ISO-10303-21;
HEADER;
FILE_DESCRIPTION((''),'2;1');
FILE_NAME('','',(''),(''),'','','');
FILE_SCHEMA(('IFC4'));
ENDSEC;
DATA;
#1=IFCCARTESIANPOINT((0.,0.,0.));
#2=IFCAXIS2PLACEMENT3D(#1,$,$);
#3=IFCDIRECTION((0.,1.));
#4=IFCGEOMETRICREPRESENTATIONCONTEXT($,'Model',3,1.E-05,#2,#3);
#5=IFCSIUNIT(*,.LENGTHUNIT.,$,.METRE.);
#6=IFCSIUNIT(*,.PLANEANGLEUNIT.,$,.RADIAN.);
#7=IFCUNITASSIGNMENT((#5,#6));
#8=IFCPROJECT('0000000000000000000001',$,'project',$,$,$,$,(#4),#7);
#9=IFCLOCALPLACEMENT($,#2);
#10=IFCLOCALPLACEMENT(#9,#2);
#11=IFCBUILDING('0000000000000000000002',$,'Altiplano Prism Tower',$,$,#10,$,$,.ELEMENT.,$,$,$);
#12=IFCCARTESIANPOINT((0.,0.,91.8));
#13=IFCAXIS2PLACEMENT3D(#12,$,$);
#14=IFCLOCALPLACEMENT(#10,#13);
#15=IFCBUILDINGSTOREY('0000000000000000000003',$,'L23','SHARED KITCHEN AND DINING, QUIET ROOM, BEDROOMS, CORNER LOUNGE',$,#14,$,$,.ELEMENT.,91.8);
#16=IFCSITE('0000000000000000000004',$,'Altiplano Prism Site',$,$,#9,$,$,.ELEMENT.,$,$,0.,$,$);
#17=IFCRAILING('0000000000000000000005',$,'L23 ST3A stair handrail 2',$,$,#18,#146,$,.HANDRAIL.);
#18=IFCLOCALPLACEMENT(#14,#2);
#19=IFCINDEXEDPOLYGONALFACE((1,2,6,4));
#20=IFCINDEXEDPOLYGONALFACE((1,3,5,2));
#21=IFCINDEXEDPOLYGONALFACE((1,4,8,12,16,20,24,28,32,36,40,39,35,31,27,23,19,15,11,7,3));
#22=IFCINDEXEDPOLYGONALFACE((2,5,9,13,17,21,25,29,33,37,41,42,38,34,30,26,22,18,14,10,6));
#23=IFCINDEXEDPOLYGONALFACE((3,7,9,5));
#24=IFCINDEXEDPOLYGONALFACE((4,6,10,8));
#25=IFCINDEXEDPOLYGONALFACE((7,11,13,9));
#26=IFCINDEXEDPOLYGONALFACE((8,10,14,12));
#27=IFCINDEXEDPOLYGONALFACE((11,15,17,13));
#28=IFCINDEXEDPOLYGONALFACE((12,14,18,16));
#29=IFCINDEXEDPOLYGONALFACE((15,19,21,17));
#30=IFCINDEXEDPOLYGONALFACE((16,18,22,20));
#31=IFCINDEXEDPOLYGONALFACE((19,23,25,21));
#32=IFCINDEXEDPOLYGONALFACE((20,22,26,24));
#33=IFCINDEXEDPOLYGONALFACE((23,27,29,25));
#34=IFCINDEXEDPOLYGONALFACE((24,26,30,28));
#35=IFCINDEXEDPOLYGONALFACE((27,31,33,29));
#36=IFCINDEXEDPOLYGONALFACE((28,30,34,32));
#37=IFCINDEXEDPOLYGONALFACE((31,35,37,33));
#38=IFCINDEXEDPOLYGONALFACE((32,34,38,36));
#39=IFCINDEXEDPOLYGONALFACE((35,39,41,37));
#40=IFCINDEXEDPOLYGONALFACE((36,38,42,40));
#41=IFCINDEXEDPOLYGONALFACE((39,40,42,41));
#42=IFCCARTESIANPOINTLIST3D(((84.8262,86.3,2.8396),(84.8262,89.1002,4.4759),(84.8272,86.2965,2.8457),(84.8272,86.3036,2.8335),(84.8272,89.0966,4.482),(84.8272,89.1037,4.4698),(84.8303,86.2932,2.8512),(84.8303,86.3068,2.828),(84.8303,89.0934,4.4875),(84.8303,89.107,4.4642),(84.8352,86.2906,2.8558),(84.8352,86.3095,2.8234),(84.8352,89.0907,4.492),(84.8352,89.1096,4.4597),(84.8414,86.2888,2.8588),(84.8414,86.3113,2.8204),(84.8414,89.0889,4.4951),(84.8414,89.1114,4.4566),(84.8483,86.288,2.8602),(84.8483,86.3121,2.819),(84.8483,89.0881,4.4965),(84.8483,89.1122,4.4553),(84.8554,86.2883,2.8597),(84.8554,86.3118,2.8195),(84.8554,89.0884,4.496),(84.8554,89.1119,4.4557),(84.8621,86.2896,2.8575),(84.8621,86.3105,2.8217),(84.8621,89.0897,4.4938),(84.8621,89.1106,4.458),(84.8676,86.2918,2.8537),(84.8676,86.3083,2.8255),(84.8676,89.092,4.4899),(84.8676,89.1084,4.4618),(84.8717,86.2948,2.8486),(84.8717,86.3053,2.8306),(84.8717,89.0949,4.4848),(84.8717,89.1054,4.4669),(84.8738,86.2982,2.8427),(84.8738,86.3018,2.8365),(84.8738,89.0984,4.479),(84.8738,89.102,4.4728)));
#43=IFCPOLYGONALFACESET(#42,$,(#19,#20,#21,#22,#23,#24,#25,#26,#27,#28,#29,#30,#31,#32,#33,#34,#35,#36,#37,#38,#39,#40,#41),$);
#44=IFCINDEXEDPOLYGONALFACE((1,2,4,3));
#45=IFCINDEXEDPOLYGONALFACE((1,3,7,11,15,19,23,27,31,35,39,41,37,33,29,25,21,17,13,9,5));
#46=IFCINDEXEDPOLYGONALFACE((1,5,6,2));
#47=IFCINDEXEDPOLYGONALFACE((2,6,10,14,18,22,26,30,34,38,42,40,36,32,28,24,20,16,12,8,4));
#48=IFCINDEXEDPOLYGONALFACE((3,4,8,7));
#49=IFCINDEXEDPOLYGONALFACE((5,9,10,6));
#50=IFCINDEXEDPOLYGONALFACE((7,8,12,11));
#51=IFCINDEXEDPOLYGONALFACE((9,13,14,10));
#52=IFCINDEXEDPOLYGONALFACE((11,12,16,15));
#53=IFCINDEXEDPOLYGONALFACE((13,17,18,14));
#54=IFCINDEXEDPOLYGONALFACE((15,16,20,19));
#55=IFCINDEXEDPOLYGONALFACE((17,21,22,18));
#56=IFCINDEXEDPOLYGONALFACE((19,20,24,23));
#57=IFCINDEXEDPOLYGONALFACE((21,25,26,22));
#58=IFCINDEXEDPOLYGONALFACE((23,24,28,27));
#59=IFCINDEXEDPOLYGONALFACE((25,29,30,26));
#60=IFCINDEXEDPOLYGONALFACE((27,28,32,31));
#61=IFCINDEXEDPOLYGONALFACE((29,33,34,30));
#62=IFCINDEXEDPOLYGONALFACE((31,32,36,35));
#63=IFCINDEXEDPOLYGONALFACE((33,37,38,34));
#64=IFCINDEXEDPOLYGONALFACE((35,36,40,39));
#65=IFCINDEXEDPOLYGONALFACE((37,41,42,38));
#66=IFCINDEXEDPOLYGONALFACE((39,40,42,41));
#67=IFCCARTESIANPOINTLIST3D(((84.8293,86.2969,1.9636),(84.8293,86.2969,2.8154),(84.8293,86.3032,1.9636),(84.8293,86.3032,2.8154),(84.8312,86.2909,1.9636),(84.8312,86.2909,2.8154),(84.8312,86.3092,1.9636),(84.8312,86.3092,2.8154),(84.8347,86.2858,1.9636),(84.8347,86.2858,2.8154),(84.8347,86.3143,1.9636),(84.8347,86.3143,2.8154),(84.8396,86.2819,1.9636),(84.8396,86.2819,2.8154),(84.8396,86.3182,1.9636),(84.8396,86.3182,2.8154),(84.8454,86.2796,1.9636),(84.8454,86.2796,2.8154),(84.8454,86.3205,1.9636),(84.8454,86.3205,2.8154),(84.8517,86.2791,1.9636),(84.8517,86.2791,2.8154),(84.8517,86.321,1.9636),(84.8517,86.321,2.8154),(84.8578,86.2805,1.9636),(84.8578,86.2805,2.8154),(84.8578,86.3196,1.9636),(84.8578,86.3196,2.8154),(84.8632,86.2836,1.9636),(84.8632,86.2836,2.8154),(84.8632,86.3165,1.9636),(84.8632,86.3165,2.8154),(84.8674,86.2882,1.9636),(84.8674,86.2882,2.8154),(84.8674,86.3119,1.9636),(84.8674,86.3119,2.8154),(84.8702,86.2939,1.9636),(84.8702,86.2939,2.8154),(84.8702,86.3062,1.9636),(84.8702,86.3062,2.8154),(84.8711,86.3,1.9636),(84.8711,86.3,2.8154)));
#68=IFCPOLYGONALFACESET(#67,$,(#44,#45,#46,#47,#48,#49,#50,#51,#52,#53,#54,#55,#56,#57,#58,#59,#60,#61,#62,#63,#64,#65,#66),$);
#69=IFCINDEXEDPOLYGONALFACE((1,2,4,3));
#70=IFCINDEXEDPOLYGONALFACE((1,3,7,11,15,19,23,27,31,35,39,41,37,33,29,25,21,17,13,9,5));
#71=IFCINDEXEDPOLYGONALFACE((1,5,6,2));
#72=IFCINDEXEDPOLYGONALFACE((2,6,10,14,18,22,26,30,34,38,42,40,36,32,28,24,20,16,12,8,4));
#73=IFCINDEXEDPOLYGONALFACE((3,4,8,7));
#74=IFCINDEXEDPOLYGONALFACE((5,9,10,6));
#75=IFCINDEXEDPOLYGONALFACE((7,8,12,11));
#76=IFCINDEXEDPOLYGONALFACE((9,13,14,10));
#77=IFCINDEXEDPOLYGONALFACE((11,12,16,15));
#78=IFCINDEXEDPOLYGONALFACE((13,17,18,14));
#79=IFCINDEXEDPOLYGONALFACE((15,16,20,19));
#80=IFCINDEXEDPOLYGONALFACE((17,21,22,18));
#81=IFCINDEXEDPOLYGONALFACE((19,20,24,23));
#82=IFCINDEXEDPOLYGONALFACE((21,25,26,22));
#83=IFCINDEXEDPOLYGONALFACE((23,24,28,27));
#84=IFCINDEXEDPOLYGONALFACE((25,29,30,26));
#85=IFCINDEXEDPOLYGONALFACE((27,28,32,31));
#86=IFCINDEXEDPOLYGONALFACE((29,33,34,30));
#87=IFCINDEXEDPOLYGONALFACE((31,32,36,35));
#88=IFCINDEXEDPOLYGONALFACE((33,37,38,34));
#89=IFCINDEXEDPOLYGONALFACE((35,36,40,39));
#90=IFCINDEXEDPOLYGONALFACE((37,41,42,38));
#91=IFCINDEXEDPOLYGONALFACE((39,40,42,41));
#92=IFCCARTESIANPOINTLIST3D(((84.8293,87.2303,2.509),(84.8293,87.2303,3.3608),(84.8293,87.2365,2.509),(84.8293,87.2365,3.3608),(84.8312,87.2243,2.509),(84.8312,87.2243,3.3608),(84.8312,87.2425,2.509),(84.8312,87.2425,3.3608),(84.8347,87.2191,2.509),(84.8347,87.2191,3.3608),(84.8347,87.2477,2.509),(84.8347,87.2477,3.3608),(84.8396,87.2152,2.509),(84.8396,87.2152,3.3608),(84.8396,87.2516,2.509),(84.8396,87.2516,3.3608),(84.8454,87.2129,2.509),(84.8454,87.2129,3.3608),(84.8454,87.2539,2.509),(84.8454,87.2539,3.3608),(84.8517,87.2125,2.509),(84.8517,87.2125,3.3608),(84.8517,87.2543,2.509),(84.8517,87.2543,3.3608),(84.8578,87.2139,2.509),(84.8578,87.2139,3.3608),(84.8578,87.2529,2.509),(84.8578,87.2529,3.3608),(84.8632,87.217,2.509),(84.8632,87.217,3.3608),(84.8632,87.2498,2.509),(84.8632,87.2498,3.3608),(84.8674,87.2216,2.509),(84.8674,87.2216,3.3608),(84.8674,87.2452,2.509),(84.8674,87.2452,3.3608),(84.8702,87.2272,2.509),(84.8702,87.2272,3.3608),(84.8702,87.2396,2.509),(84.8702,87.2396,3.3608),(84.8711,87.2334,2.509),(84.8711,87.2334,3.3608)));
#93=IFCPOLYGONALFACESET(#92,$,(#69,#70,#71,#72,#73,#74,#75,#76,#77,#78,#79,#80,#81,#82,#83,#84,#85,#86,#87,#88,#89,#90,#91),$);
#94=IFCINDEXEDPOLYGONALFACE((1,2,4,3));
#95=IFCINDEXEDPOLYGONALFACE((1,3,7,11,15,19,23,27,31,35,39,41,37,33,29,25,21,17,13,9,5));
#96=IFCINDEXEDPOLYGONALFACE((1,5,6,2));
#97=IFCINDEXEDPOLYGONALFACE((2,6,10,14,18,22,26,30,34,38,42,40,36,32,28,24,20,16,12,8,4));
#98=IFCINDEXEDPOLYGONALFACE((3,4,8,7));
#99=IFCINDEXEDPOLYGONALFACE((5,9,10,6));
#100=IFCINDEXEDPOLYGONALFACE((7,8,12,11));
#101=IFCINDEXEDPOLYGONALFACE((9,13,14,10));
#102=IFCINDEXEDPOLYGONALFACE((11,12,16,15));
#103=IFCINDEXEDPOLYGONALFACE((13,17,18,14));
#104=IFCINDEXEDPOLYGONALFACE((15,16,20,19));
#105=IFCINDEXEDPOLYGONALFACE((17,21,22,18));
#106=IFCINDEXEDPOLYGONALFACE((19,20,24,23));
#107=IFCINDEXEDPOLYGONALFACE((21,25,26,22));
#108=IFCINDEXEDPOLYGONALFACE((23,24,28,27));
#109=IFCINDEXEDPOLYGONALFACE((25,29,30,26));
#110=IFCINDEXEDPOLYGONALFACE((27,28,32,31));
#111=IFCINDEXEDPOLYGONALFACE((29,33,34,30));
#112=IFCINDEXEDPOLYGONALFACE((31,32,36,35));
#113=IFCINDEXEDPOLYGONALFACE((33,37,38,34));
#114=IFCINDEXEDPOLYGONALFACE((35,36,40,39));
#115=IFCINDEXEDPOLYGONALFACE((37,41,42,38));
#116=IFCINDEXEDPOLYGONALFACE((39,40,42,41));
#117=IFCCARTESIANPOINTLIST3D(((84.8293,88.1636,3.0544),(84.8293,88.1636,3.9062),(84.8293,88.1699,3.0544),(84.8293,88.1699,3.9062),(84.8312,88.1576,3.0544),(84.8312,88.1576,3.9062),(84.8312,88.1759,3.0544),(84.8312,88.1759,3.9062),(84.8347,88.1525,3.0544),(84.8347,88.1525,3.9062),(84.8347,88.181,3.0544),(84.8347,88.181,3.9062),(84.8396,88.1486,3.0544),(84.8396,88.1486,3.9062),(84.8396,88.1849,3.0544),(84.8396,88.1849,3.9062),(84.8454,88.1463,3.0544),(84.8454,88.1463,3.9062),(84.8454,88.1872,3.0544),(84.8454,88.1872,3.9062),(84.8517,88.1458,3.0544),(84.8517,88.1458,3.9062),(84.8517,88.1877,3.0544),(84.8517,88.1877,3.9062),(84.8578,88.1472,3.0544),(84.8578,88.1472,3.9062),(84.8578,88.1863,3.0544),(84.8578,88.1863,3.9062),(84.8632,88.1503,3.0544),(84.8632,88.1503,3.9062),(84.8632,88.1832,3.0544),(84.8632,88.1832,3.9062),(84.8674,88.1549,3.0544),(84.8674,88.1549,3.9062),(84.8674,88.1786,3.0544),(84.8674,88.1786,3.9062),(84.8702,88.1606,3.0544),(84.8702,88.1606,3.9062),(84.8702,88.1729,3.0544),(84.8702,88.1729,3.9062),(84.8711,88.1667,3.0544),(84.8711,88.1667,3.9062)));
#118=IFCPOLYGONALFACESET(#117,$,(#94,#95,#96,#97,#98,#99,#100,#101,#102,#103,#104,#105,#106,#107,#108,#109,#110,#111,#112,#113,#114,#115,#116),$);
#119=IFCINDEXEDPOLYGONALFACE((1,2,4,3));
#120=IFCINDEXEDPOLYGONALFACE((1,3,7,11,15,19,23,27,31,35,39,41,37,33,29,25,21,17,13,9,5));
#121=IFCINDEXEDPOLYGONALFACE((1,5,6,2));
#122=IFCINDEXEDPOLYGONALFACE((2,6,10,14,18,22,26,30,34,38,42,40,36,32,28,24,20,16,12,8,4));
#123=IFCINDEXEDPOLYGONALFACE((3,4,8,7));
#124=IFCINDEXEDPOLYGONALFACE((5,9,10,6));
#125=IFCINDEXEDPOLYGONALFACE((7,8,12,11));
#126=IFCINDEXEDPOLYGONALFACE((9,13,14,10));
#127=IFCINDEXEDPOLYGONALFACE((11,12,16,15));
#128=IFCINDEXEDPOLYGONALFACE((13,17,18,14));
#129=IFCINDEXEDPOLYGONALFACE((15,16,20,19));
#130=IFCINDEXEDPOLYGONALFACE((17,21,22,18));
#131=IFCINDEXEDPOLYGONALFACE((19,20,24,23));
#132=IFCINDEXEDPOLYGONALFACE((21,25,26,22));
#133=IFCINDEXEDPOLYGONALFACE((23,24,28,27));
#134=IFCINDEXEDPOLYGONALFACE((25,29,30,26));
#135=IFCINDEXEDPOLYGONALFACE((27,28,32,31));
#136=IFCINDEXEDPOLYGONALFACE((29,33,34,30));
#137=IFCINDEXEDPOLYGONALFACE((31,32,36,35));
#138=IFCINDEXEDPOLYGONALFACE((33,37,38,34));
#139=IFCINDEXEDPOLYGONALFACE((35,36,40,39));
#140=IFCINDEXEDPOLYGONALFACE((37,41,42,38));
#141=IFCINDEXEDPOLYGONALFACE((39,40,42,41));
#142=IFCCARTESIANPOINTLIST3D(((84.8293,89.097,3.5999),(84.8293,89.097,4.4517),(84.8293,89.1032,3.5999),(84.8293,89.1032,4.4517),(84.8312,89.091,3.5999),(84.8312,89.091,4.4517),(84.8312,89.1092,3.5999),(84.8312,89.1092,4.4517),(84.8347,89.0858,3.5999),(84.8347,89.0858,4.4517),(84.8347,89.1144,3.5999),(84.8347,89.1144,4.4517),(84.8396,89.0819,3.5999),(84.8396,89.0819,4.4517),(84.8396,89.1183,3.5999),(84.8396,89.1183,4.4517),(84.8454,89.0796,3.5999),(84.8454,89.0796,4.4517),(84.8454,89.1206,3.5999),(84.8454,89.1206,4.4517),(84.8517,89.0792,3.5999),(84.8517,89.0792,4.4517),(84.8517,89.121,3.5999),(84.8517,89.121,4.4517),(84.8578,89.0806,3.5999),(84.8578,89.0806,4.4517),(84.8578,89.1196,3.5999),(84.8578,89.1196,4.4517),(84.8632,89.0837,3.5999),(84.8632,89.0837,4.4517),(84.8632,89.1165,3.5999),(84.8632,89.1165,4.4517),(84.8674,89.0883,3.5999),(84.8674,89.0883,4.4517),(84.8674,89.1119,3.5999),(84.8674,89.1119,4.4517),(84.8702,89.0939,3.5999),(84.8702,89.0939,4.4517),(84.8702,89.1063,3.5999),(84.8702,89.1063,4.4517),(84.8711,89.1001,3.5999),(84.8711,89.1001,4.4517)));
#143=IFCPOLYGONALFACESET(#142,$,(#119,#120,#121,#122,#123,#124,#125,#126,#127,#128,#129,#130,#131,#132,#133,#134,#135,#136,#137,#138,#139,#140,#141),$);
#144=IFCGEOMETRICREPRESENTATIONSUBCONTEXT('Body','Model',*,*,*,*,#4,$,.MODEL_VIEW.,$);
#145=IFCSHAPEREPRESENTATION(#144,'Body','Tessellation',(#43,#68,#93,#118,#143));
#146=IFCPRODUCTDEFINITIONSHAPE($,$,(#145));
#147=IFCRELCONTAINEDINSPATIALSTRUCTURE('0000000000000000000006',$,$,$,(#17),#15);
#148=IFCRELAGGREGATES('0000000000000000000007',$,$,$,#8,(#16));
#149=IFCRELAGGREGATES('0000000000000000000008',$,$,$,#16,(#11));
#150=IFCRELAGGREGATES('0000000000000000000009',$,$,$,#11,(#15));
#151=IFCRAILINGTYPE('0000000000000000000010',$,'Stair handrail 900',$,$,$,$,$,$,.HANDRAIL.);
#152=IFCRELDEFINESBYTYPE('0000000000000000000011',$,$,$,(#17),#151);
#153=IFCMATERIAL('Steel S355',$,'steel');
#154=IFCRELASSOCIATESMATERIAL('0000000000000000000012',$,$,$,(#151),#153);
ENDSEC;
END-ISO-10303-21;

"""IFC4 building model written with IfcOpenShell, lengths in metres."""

from ifc_helpers import new_model, si_unit, direction, frame, origin, origin_2d, place, context, subcontext, project, spatial, circle, extrude, material, type_object, element, save


model = new_model("IFC4")

# Units and contexts
model_context = context("Model", 3, precision=1e-05, world=origin(), true_north=direction((0.0, 1.0)))
body_context = subcontext(model_context, "Body", "Model", "MODEL_VIEW")
ifc_project = project(units=[si_unit("LENGTHUNIT", "METRE"), si_unit("PLANEANGLEUNIT", "RADIAN")], contexts=[model_context])

# Site, building, storey
site_placement = place(None, origin())
site = spatial("IfcSite", under=ifc_project, at=site_placement, Name="Altiplano Prism Site", CompositionType="ELEMENT", RefElevation=0.0)
building_placement = place(site_placement, origin())
building = spatial("IfcBuilding", under=site, at=building_placement, Name="Altiplano Prism Tower", CompositionType="ELEMENT")
storey_placement = place(building_placement, frame((0.0, 0.0, 91.8)))
storey = spatial("IfcBuildingStorey", under=building, at=storey_placement, Name="L23", Description="SHARED KITCHEN AND DINING, QUIET ROOM, BEDROOMS, CORNER LOUNGE", CompositionType="ELEMENT", Elevation=91.8)

# Railing
ifc_material_1 = material(Name="Steel S355", Category="steel")
railing_type = type_object("IfcRailingType", Name="Stair handrail 900", PredefinedType="HANDRAIL", material=ifc_material_1)
for number, where, name in (
    (1, (84.8501, 86.3, 1.9636), "L23 ST3A stair handrail 2"),
):
    element("IfcRailing", number, at=place(storey_placement, frame(where)), inside=storey, type_object=railing_type, Name=name, PredefinedType="HANDRAIL", context=body_context, shape_type="SweptSolid", body=[
        extrude(circle(Radius=0.0239, at=origin_2d()), frame((0.0, 0.0, 0.876), z_axis=(0.0, 0.863394, 0.504531), x_axis=(-1.0, 0.0, 0.0)), (0.0, 0.0, 1.0), 3.2432),
        extrude(circle(Radius=0.021, at=origin_2d()), origin(), (0.0, 0.0, 1.0), 0.8518),
        extrude(circle(Radius=0.021, at=origin_2d()), frame((0.0, 0.9333, 0.5454)), (0.0, 0.0, 1.0), 0.8518),
        extrude(circle(Radius=0.021, at=origin_2d()), frame((0.0, 1.8667, 1.0908)), (0.0, 0.0, 1.0), 0.8518),
        extrude(circle(Radius=0.021, at=origin_2d()), frame((0.0, 2.8, 1.6362)), (0.0, 0.0, 1.0), 0.8518),
    ])

save(model, "model.ifc")
